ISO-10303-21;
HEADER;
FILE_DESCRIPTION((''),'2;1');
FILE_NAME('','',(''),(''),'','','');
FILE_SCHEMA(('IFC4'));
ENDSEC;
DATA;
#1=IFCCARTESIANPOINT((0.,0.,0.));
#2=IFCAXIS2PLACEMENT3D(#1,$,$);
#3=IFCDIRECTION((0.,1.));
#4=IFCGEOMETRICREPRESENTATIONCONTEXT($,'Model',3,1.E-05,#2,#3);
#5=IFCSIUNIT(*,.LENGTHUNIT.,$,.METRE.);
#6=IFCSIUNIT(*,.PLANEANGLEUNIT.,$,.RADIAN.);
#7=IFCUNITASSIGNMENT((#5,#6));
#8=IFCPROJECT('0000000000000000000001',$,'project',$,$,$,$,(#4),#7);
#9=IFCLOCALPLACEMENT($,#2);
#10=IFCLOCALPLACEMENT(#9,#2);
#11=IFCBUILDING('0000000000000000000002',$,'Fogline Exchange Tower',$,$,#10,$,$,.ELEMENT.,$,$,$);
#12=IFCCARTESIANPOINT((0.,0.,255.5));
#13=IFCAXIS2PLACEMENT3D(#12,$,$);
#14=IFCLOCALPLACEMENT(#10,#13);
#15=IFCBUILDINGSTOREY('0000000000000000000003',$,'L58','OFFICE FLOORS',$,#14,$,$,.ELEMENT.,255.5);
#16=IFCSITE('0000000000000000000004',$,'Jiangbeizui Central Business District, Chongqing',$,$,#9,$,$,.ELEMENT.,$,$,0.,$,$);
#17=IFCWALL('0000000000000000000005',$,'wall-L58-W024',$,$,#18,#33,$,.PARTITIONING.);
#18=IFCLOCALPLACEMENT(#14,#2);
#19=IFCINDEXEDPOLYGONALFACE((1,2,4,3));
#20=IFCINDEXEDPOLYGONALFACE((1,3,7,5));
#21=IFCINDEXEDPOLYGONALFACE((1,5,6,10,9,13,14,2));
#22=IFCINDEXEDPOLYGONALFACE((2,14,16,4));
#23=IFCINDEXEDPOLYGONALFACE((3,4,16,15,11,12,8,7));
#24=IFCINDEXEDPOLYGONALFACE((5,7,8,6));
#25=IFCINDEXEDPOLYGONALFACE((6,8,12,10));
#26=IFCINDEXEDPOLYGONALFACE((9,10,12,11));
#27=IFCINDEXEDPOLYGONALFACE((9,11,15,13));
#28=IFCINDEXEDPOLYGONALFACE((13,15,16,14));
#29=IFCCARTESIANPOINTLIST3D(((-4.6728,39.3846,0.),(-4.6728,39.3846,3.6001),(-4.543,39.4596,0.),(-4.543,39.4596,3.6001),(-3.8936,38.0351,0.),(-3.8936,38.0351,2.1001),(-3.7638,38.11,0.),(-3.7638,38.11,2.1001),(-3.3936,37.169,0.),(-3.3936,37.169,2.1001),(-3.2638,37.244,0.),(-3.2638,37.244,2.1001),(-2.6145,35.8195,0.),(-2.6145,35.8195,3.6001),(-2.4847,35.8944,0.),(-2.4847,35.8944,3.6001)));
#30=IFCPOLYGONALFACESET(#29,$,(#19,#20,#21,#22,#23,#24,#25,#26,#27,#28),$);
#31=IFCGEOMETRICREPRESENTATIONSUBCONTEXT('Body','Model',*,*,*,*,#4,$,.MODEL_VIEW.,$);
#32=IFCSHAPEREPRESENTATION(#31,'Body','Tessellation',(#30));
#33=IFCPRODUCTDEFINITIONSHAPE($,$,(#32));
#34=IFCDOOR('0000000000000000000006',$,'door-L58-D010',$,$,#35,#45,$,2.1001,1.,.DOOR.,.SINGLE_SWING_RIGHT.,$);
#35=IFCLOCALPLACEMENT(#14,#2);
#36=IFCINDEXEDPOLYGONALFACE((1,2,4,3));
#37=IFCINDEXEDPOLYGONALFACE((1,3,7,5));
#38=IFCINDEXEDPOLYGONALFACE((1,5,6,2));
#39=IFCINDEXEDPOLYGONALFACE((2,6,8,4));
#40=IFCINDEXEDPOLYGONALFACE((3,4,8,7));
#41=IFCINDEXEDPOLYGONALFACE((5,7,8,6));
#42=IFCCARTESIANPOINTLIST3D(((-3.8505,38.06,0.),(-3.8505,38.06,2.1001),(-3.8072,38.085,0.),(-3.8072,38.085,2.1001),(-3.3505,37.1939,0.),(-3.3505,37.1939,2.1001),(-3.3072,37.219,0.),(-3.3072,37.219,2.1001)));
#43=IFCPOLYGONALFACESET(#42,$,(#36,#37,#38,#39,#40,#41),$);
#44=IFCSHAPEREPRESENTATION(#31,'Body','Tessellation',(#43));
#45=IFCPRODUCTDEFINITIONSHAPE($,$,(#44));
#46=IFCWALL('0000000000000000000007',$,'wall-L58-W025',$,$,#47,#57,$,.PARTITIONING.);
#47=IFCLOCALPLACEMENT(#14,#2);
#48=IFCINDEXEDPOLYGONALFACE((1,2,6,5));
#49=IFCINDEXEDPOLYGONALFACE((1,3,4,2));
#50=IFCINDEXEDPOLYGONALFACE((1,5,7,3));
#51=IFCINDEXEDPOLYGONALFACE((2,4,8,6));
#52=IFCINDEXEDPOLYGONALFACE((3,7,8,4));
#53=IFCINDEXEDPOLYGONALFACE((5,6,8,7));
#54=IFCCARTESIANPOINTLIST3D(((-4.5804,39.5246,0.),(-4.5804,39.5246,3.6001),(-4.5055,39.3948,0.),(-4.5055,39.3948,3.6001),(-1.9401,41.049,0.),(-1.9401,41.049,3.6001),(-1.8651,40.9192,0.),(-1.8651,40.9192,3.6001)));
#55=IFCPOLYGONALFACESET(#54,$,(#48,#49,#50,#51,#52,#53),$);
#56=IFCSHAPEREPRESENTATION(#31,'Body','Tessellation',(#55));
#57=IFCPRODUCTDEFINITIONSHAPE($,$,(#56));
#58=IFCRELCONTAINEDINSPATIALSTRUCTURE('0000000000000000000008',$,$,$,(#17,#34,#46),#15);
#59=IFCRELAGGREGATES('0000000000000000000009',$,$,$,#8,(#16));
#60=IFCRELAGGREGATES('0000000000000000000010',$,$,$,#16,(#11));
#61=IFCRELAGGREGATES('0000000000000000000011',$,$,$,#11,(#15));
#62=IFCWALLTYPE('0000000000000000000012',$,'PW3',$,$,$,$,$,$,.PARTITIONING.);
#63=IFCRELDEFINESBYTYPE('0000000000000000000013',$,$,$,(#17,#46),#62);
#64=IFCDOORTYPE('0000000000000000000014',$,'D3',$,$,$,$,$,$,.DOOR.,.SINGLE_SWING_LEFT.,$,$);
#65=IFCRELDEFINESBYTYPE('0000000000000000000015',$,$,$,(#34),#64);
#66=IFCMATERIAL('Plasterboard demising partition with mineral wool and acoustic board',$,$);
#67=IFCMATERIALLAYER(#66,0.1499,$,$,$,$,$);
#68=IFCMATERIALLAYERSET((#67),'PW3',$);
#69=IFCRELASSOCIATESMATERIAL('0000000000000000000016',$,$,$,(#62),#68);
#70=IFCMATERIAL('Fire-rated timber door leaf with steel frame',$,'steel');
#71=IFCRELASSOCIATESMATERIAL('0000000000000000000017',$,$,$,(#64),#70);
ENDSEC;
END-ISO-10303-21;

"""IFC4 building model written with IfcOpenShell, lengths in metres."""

from ifc_helpers import new_model, si_unit, direction, frame, frame_2d, origin, place, context, subcontext, project, spatial, rectangle, extrude, material, layer, layer_set, type_object, element, fill, save


model = new_model("IFC4")

# Units and contexts
model_context = context("Model", 3, precision=1e-05, world=origin(), true_north=direction((0.0, 1.0)))
body_context = subcontext(model_context, "Body", "Model", "MODEL_VIEW")
ifc_project = project(units=[si_unit("LENGTHUNIT", "METRE"), si_unit("PLANEANGLEUNIT", "RADIAN")], contexts=[model_context])

# Site, building, storey
site_placement = place(None, origin())
site = spatial("IfcSite", under=ifc_project, at=site_placement, Name="Jiangbeizui Central Business District, Chongqing", CompositionType="ELEMENT", RefElevation=0.0)
building_placement = place(site_placement, origin())
building = spatial("IfcBuilding", under=site, at=building_placement, Name="Fogline Exchange Tower", CompositionType="ELEMENT")
storey_placement = place(building_placement, frame((0.0, 0.0, 255.5)))
storey = spatial("IfcBuildingStorey", under=building, at=storey_placement, Name="L58", Description="OFFICE FLOORS", CompositionType="ELEMENT", Elevation=255.5)

# Wall, opening, door
ifc_material_1 = material(Name="Plasterboard demising partition with mineral wool and acoustic board")
ifc_layer_1 = layer(ifc_material_1, 0.1499)
ifc_layer_set_1 = layer_set([ifc_layer_1], Name="PW3")
wall_type_1 = type_object("IfcWallType", Name="PW3", PredefinedType="PARTITIONING", material=ifc_layer_set_1)
wall_1_placement = place(storey_placement, frame((-2.5496, 35.8569, 0.0), z_axis=(0.0, 0.0, 1.0), x_axis=(-0.499998, 0.866027, 0.0)))
wall_1 = element("IfcWall", 1, at=wall_1_placement, inside=storey, type_object=wall_type_1, Name="wall-L58-W024", PredefinedType="PARTITIONING", context=body_context, shape_type="SweptSolid", body=[
    extrude(rectangle(XDim=4.1167, YDim=0.1499, at=frame_2d((2.0583, 0.0))), origin(), (0.0, 0.0, 1.0), 3.6001),
])
opening_1_placement = place(wall_1_placement, frame((1.5583, 0.0, 0.0)))
opening_1 = element("IfcOpeningElement", 2, at=opening_1_placement, cuts=wall_1, PredefinedType="OPENING", context=body_context, shape_type="SweptSolid", body=[
    extrude(rectangle(XDim=1.0, YDim=2.1001, at=frame_2d((0.5, 1.05))), frame((0.0, 0.085, 0.0), z_axis=(0.0, -1.0, 0.0), x_axis=(1.0, 0.0, 0.0)), (0.0, 0.0, 1.0), 0.1699),
])
ifc_material_2 = material(Name="Fire-rated timber door leaf with steel frame", Category="steel")
door_type = type_object("IfcDoorType", Name="D3", OperationType="SINGLE_SWING_LEFT", PredefinedType="DOOR", material=ifc_material_2)
door_placement = place(opening_1_placement, frame((1.0, 0.0, 0.0), z_axis=(0.0, 0.0, 1.0), x_axis=(-1.0, 0.0, 0.0)))
door = element("IfcDoor", 3, at=door_placement, inside=storey, type_object=door_type, Name="door-L58-D010", OperationType="SINGLE_SWING_RIGHT", OverallHeight=2.1001, OverallWidth=1.0, PredefinedType="DOOR", context=body_context, shape_type="SweptSolid", body=[
    extrude(rectangle(XDim=1.0, YDim=2.1001, at=frame_2d((0.5, 1.05))), frame((0.0, 0.0249, 0.0), z_axis=(0.0, -1.0, 0.0), x_axis=(1.0, 0.0, 0.0)), (0.0, 0.0, 1.0), 0.05),
])
fill(opening_1, door)

# Wall
wall_2_placement = place(storey_placement, frame((-4.543, 39.4597, 0.0), z_axis=(0.0, 0.0, 1.0), x_axis=(0.866027, 0.499997, 0.0)))
element("IfcWall", 4, at=wall_2_placement, inside=storey, type_object=wall_type_1, Name="wall-L58-W025", PredefinedType="PARTITIONING", context=body_context, shape_type="SweptSolid", body=[
    extrude(rectangle(XDim=3.0488, YDim=0.1499, at=frame_2d((1.5244, 0.0))), origin(), (0.0, 0.0, 1.0), 3.6001),
])

save(model, "model.ifc")
